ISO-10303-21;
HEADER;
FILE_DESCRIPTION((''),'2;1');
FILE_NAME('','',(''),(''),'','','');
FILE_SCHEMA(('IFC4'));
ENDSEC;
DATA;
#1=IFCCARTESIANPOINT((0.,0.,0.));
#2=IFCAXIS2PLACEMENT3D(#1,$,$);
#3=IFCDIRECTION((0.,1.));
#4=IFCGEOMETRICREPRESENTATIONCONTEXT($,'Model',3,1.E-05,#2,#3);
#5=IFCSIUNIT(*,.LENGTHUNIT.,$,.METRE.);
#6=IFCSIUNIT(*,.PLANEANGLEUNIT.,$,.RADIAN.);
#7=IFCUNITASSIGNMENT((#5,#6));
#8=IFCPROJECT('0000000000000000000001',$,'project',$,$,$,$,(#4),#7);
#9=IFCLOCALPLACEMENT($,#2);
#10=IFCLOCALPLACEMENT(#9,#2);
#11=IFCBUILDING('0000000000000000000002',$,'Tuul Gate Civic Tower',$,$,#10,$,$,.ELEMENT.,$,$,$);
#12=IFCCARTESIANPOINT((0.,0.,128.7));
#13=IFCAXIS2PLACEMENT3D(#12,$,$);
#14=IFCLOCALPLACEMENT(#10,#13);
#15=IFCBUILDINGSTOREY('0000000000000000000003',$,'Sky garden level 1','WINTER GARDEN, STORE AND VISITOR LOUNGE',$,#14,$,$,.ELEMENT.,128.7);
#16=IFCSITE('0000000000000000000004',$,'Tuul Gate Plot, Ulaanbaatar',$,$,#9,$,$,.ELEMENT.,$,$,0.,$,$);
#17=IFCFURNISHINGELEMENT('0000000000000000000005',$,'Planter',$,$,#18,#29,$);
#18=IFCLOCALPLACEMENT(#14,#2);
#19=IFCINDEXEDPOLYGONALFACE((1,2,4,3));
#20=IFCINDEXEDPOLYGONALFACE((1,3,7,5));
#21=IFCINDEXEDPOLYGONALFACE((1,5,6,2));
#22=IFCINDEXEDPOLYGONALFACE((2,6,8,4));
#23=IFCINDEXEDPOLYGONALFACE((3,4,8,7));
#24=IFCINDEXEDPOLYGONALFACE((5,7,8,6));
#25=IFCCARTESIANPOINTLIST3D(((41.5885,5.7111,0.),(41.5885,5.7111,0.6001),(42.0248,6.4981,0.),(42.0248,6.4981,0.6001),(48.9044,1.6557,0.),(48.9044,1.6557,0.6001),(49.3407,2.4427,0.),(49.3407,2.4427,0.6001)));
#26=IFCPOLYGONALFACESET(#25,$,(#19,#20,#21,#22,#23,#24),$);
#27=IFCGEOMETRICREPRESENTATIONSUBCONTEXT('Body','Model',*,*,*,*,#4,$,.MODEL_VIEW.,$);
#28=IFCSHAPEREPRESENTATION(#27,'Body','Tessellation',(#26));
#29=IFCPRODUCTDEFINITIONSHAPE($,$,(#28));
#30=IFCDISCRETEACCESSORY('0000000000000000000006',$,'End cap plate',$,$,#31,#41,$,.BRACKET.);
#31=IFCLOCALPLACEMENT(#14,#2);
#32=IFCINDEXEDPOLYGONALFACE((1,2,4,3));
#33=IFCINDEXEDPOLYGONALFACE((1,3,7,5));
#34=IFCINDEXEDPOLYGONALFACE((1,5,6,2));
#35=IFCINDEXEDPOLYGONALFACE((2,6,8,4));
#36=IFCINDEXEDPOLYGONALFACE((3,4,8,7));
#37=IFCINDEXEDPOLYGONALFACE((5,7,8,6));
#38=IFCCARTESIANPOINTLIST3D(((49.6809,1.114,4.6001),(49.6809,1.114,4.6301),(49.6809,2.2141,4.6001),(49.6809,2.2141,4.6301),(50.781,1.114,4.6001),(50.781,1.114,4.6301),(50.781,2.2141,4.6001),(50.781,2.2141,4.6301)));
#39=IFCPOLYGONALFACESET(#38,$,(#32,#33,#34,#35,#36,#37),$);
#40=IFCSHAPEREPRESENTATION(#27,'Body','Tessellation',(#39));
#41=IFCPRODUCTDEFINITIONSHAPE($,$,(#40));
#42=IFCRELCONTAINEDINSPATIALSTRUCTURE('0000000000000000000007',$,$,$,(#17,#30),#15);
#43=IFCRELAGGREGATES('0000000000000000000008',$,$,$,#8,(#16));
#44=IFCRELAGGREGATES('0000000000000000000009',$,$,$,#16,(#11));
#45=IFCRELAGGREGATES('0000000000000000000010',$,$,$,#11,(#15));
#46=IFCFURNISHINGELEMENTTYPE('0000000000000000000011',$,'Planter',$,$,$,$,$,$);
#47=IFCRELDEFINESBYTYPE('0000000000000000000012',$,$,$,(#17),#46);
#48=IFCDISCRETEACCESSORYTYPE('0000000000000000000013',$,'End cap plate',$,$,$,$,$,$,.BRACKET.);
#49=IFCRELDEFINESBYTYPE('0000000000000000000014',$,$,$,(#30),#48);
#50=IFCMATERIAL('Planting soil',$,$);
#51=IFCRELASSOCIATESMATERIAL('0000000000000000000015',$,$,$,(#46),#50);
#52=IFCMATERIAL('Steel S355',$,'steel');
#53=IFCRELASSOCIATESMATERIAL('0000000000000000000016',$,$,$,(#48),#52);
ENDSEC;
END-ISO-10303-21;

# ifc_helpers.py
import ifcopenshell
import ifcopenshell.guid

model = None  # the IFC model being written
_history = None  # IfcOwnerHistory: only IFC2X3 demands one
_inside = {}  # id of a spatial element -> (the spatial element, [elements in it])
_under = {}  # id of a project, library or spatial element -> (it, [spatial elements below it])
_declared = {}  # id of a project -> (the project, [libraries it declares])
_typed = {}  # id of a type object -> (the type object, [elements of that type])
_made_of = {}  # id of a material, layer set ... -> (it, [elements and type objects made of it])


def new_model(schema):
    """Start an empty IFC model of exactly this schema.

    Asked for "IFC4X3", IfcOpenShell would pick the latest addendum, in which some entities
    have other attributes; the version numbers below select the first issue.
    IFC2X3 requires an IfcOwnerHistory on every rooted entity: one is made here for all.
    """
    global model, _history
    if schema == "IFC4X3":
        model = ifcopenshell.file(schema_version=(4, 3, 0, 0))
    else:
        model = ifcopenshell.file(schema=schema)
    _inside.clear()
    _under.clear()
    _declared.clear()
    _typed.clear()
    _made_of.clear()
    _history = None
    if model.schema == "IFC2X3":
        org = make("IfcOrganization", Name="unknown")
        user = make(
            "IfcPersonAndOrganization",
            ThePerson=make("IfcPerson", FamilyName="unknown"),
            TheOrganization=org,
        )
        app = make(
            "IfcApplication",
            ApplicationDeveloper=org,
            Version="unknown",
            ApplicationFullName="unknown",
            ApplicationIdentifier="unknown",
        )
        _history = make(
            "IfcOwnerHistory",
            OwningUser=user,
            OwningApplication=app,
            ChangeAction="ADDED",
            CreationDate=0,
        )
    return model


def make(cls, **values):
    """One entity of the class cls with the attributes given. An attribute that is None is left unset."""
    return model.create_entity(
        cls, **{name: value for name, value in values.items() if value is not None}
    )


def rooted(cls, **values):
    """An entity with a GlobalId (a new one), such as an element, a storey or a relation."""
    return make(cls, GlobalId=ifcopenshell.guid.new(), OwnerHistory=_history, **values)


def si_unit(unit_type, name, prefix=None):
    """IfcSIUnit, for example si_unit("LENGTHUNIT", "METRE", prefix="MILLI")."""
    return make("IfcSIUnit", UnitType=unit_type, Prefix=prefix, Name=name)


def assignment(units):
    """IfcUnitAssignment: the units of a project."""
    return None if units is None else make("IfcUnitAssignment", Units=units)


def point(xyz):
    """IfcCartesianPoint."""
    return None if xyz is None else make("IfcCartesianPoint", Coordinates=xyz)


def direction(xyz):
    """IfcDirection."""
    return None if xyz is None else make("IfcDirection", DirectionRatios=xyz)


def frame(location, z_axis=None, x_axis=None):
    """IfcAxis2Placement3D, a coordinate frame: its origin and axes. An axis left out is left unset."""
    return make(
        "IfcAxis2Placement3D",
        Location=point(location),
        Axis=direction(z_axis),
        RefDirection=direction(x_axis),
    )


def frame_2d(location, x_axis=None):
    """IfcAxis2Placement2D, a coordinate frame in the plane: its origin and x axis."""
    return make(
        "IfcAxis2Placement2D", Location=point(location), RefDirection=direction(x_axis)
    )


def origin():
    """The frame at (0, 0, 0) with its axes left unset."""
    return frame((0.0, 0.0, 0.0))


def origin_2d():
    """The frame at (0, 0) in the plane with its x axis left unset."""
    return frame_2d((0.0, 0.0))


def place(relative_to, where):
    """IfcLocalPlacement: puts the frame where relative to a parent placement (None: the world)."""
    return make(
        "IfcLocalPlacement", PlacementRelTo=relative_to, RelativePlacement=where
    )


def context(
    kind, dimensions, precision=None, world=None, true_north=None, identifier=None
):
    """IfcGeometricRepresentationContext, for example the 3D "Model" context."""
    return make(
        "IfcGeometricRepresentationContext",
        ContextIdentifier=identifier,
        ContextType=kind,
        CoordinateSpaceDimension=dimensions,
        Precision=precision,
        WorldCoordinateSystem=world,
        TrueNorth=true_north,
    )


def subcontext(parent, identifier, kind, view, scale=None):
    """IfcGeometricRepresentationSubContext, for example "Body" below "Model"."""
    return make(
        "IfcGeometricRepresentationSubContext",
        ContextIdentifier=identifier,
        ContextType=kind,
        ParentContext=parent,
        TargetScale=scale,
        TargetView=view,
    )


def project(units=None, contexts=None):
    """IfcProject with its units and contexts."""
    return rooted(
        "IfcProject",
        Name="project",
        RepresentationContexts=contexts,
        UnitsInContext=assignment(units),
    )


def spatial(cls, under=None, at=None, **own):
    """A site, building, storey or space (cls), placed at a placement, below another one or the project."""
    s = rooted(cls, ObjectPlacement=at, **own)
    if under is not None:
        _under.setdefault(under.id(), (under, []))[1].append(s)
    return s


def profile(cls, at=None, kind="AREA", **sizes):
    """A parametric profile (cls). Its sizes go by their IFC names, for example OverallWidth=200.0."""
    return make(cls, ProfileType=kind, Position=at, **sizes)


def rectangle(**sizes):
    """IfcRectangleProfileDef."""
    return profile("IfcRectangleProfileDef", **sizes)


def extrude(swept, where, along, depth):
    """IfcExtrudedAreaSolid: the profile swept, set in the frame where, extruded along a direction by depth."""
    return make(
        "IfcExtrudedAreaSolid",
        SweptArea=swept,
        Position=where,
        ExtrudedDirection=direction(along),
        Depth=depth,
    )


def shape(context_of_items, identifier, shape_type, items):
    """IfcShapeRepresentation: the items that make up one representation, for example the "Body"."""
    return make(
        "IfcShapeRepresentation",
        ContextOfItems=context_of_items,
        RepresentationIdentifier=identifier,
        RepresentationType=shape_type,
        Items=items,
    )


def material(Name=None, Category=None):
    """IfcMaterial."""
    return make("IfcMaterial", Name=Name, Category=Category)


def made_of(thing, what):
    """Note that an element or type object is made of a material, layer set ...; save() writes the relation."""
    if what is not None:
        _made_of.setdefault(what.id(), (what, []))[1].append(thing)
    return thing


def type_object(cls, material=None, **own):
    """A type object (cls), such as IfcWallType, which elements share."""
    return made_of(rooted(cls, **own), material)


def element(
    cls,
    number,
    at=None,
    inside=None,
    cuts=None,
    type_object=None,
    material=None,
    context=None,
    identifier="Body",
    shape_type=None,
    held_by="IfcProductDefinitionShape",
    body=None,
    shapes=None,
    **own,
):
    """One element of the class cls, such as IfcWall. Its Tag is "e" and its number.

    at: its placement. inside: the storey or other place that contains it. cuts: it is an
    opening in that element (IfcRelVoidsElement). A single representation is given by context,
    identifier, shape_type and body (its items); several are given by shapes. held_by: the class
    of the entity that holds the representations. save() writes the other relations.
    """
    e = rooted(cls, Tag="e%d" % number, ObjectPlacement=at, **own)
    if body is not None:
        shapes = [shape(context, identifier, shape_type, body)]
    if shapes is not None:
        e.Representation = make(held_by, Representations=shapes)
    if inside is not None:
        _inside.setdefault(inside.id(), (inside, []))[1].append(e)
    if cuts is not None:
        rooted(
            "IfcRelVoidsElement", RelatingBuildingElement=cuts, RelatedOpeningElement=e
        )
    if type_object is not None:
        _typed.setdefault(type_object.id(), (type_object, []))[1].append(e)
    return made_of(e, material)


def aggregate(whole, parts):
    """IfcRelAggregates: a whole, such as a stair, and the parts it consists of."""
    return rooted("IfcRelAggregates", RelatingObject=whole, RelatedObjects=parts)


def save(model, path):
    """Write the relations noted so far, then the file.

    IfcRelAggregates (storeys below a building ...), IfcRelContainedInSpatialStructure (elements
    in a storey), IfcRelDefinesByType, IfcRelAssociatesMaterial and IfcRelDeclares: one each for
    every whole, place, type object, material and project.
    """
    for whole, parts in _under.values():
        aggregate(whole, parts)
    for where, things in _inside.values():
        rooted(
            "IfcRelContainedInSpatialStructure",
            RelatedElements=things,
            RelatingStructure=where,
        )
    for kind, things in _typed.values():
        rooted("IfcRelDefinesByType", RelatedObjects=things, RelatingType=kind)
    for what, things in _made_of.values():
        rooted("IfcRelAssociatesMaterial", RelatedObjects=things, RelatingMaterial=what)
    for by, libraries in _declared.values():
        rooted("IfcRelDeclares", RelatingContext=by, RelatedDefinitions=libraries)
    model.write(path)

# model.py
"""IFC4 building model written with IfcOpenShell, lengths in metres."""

from ifc_helpers import new_model, si_unit, direction, frame, origin, origin_2d, place, context, subcontext, project, spatial, rectangle, extrude, material, type_object, element, save


model = new_model("IFC4")

# Units and contexts
model_context = context("Model", 3, precision=1e-05, world=origin(), true_north=direction((0.0, 1.0)))
body_context = subcontext(model_context, "Body", "Model", "MODEL_VIEW")
ifc_project = project(units=[si_unit("LENGTHUNIT", "METRE"), si_unit("PLANEANGLEUNIT", "RADIAN")], contexts=[model_context])

# Site, building, storey
site_placement = place(None, origin())
site = spatial("IfcSite", under=ifc_project, at=site_placement, Name="Tuul Gate Plot, Ulaanbaatar", CompositionType="ELEMENT", RefElevation=0.0)
building_placement = place(site_placement, origin())
building = spatial("IfcBuilding", under=site, at=building_placement, Name="Tuul Gate Civic Tower", CompositionType="ELEMENT")
storey_placement = place(building_placement, frame((0.0, 0.0, 128.7)))
storey = spatial("IfcBuildingStorey", under=building, at=storey_placement, Name="Sky garden level 1", Description="WINTER GARDEN, STORE AND VISITOR LOUNGE", CompositionType="ELEMENT", Elevation=128.7)

# Furnishing element
ifc_material_1 = material(Name="Planting soil")
furnishing_element_type = type_object("IfcFurnishingElementType", Name="Planter", material=ifc_material_1)
furnishing_placement = place(storey_placement, frame((45.4646, 4.0769, 0.0), z_axis=(0.0, 0.0, 1.0), x_axis=(-0.874613, 0.484822, 0.0)))
element("IfcFurnishingElement", 1, at=furnishing_placement, inside=storey, type_object=furnishing_element_type, Name="Planter", context=body_context, shape_type="SweptSolid", body=[
    extrude(rectangle(XDim=8.3647, YDim=0.8999, at=origin_2d()), origin(), (0.0, 0.0, 1.0), 0.6001),
])

# Discrete accessory
ifc_material_2 = material(Name="Steel S355", Category="steel")
discrete_accessory_type = type_object("IfcDiscreteAccessoryType", Name="End cap plate", PredefinedType="BRACKET", material=ifc_material_2)
discrete_accessory_placement = place(storey_placement, frame((50.231, 1.6641, 4.6001), z_axis=(0.0, 0.0, 1.0), x_axis=(1.0, 0.0, 0.0)))
element("IfcDiscreteAccessory", 2, at=discrete_accessory_placement, inside=storey, type_object=discrete_accessory_type, Name="End cap plate", PredefinedType="BRACKET", context=body_context, shape_type="SweptSolid", body=[
    extrude(rectangle(XDim=1.1001, YDim=1.1001, at=origin_2d()), origin(), (0.0, 0.0, 1.0), 0.03),
])

save(model, "model.ifc")
